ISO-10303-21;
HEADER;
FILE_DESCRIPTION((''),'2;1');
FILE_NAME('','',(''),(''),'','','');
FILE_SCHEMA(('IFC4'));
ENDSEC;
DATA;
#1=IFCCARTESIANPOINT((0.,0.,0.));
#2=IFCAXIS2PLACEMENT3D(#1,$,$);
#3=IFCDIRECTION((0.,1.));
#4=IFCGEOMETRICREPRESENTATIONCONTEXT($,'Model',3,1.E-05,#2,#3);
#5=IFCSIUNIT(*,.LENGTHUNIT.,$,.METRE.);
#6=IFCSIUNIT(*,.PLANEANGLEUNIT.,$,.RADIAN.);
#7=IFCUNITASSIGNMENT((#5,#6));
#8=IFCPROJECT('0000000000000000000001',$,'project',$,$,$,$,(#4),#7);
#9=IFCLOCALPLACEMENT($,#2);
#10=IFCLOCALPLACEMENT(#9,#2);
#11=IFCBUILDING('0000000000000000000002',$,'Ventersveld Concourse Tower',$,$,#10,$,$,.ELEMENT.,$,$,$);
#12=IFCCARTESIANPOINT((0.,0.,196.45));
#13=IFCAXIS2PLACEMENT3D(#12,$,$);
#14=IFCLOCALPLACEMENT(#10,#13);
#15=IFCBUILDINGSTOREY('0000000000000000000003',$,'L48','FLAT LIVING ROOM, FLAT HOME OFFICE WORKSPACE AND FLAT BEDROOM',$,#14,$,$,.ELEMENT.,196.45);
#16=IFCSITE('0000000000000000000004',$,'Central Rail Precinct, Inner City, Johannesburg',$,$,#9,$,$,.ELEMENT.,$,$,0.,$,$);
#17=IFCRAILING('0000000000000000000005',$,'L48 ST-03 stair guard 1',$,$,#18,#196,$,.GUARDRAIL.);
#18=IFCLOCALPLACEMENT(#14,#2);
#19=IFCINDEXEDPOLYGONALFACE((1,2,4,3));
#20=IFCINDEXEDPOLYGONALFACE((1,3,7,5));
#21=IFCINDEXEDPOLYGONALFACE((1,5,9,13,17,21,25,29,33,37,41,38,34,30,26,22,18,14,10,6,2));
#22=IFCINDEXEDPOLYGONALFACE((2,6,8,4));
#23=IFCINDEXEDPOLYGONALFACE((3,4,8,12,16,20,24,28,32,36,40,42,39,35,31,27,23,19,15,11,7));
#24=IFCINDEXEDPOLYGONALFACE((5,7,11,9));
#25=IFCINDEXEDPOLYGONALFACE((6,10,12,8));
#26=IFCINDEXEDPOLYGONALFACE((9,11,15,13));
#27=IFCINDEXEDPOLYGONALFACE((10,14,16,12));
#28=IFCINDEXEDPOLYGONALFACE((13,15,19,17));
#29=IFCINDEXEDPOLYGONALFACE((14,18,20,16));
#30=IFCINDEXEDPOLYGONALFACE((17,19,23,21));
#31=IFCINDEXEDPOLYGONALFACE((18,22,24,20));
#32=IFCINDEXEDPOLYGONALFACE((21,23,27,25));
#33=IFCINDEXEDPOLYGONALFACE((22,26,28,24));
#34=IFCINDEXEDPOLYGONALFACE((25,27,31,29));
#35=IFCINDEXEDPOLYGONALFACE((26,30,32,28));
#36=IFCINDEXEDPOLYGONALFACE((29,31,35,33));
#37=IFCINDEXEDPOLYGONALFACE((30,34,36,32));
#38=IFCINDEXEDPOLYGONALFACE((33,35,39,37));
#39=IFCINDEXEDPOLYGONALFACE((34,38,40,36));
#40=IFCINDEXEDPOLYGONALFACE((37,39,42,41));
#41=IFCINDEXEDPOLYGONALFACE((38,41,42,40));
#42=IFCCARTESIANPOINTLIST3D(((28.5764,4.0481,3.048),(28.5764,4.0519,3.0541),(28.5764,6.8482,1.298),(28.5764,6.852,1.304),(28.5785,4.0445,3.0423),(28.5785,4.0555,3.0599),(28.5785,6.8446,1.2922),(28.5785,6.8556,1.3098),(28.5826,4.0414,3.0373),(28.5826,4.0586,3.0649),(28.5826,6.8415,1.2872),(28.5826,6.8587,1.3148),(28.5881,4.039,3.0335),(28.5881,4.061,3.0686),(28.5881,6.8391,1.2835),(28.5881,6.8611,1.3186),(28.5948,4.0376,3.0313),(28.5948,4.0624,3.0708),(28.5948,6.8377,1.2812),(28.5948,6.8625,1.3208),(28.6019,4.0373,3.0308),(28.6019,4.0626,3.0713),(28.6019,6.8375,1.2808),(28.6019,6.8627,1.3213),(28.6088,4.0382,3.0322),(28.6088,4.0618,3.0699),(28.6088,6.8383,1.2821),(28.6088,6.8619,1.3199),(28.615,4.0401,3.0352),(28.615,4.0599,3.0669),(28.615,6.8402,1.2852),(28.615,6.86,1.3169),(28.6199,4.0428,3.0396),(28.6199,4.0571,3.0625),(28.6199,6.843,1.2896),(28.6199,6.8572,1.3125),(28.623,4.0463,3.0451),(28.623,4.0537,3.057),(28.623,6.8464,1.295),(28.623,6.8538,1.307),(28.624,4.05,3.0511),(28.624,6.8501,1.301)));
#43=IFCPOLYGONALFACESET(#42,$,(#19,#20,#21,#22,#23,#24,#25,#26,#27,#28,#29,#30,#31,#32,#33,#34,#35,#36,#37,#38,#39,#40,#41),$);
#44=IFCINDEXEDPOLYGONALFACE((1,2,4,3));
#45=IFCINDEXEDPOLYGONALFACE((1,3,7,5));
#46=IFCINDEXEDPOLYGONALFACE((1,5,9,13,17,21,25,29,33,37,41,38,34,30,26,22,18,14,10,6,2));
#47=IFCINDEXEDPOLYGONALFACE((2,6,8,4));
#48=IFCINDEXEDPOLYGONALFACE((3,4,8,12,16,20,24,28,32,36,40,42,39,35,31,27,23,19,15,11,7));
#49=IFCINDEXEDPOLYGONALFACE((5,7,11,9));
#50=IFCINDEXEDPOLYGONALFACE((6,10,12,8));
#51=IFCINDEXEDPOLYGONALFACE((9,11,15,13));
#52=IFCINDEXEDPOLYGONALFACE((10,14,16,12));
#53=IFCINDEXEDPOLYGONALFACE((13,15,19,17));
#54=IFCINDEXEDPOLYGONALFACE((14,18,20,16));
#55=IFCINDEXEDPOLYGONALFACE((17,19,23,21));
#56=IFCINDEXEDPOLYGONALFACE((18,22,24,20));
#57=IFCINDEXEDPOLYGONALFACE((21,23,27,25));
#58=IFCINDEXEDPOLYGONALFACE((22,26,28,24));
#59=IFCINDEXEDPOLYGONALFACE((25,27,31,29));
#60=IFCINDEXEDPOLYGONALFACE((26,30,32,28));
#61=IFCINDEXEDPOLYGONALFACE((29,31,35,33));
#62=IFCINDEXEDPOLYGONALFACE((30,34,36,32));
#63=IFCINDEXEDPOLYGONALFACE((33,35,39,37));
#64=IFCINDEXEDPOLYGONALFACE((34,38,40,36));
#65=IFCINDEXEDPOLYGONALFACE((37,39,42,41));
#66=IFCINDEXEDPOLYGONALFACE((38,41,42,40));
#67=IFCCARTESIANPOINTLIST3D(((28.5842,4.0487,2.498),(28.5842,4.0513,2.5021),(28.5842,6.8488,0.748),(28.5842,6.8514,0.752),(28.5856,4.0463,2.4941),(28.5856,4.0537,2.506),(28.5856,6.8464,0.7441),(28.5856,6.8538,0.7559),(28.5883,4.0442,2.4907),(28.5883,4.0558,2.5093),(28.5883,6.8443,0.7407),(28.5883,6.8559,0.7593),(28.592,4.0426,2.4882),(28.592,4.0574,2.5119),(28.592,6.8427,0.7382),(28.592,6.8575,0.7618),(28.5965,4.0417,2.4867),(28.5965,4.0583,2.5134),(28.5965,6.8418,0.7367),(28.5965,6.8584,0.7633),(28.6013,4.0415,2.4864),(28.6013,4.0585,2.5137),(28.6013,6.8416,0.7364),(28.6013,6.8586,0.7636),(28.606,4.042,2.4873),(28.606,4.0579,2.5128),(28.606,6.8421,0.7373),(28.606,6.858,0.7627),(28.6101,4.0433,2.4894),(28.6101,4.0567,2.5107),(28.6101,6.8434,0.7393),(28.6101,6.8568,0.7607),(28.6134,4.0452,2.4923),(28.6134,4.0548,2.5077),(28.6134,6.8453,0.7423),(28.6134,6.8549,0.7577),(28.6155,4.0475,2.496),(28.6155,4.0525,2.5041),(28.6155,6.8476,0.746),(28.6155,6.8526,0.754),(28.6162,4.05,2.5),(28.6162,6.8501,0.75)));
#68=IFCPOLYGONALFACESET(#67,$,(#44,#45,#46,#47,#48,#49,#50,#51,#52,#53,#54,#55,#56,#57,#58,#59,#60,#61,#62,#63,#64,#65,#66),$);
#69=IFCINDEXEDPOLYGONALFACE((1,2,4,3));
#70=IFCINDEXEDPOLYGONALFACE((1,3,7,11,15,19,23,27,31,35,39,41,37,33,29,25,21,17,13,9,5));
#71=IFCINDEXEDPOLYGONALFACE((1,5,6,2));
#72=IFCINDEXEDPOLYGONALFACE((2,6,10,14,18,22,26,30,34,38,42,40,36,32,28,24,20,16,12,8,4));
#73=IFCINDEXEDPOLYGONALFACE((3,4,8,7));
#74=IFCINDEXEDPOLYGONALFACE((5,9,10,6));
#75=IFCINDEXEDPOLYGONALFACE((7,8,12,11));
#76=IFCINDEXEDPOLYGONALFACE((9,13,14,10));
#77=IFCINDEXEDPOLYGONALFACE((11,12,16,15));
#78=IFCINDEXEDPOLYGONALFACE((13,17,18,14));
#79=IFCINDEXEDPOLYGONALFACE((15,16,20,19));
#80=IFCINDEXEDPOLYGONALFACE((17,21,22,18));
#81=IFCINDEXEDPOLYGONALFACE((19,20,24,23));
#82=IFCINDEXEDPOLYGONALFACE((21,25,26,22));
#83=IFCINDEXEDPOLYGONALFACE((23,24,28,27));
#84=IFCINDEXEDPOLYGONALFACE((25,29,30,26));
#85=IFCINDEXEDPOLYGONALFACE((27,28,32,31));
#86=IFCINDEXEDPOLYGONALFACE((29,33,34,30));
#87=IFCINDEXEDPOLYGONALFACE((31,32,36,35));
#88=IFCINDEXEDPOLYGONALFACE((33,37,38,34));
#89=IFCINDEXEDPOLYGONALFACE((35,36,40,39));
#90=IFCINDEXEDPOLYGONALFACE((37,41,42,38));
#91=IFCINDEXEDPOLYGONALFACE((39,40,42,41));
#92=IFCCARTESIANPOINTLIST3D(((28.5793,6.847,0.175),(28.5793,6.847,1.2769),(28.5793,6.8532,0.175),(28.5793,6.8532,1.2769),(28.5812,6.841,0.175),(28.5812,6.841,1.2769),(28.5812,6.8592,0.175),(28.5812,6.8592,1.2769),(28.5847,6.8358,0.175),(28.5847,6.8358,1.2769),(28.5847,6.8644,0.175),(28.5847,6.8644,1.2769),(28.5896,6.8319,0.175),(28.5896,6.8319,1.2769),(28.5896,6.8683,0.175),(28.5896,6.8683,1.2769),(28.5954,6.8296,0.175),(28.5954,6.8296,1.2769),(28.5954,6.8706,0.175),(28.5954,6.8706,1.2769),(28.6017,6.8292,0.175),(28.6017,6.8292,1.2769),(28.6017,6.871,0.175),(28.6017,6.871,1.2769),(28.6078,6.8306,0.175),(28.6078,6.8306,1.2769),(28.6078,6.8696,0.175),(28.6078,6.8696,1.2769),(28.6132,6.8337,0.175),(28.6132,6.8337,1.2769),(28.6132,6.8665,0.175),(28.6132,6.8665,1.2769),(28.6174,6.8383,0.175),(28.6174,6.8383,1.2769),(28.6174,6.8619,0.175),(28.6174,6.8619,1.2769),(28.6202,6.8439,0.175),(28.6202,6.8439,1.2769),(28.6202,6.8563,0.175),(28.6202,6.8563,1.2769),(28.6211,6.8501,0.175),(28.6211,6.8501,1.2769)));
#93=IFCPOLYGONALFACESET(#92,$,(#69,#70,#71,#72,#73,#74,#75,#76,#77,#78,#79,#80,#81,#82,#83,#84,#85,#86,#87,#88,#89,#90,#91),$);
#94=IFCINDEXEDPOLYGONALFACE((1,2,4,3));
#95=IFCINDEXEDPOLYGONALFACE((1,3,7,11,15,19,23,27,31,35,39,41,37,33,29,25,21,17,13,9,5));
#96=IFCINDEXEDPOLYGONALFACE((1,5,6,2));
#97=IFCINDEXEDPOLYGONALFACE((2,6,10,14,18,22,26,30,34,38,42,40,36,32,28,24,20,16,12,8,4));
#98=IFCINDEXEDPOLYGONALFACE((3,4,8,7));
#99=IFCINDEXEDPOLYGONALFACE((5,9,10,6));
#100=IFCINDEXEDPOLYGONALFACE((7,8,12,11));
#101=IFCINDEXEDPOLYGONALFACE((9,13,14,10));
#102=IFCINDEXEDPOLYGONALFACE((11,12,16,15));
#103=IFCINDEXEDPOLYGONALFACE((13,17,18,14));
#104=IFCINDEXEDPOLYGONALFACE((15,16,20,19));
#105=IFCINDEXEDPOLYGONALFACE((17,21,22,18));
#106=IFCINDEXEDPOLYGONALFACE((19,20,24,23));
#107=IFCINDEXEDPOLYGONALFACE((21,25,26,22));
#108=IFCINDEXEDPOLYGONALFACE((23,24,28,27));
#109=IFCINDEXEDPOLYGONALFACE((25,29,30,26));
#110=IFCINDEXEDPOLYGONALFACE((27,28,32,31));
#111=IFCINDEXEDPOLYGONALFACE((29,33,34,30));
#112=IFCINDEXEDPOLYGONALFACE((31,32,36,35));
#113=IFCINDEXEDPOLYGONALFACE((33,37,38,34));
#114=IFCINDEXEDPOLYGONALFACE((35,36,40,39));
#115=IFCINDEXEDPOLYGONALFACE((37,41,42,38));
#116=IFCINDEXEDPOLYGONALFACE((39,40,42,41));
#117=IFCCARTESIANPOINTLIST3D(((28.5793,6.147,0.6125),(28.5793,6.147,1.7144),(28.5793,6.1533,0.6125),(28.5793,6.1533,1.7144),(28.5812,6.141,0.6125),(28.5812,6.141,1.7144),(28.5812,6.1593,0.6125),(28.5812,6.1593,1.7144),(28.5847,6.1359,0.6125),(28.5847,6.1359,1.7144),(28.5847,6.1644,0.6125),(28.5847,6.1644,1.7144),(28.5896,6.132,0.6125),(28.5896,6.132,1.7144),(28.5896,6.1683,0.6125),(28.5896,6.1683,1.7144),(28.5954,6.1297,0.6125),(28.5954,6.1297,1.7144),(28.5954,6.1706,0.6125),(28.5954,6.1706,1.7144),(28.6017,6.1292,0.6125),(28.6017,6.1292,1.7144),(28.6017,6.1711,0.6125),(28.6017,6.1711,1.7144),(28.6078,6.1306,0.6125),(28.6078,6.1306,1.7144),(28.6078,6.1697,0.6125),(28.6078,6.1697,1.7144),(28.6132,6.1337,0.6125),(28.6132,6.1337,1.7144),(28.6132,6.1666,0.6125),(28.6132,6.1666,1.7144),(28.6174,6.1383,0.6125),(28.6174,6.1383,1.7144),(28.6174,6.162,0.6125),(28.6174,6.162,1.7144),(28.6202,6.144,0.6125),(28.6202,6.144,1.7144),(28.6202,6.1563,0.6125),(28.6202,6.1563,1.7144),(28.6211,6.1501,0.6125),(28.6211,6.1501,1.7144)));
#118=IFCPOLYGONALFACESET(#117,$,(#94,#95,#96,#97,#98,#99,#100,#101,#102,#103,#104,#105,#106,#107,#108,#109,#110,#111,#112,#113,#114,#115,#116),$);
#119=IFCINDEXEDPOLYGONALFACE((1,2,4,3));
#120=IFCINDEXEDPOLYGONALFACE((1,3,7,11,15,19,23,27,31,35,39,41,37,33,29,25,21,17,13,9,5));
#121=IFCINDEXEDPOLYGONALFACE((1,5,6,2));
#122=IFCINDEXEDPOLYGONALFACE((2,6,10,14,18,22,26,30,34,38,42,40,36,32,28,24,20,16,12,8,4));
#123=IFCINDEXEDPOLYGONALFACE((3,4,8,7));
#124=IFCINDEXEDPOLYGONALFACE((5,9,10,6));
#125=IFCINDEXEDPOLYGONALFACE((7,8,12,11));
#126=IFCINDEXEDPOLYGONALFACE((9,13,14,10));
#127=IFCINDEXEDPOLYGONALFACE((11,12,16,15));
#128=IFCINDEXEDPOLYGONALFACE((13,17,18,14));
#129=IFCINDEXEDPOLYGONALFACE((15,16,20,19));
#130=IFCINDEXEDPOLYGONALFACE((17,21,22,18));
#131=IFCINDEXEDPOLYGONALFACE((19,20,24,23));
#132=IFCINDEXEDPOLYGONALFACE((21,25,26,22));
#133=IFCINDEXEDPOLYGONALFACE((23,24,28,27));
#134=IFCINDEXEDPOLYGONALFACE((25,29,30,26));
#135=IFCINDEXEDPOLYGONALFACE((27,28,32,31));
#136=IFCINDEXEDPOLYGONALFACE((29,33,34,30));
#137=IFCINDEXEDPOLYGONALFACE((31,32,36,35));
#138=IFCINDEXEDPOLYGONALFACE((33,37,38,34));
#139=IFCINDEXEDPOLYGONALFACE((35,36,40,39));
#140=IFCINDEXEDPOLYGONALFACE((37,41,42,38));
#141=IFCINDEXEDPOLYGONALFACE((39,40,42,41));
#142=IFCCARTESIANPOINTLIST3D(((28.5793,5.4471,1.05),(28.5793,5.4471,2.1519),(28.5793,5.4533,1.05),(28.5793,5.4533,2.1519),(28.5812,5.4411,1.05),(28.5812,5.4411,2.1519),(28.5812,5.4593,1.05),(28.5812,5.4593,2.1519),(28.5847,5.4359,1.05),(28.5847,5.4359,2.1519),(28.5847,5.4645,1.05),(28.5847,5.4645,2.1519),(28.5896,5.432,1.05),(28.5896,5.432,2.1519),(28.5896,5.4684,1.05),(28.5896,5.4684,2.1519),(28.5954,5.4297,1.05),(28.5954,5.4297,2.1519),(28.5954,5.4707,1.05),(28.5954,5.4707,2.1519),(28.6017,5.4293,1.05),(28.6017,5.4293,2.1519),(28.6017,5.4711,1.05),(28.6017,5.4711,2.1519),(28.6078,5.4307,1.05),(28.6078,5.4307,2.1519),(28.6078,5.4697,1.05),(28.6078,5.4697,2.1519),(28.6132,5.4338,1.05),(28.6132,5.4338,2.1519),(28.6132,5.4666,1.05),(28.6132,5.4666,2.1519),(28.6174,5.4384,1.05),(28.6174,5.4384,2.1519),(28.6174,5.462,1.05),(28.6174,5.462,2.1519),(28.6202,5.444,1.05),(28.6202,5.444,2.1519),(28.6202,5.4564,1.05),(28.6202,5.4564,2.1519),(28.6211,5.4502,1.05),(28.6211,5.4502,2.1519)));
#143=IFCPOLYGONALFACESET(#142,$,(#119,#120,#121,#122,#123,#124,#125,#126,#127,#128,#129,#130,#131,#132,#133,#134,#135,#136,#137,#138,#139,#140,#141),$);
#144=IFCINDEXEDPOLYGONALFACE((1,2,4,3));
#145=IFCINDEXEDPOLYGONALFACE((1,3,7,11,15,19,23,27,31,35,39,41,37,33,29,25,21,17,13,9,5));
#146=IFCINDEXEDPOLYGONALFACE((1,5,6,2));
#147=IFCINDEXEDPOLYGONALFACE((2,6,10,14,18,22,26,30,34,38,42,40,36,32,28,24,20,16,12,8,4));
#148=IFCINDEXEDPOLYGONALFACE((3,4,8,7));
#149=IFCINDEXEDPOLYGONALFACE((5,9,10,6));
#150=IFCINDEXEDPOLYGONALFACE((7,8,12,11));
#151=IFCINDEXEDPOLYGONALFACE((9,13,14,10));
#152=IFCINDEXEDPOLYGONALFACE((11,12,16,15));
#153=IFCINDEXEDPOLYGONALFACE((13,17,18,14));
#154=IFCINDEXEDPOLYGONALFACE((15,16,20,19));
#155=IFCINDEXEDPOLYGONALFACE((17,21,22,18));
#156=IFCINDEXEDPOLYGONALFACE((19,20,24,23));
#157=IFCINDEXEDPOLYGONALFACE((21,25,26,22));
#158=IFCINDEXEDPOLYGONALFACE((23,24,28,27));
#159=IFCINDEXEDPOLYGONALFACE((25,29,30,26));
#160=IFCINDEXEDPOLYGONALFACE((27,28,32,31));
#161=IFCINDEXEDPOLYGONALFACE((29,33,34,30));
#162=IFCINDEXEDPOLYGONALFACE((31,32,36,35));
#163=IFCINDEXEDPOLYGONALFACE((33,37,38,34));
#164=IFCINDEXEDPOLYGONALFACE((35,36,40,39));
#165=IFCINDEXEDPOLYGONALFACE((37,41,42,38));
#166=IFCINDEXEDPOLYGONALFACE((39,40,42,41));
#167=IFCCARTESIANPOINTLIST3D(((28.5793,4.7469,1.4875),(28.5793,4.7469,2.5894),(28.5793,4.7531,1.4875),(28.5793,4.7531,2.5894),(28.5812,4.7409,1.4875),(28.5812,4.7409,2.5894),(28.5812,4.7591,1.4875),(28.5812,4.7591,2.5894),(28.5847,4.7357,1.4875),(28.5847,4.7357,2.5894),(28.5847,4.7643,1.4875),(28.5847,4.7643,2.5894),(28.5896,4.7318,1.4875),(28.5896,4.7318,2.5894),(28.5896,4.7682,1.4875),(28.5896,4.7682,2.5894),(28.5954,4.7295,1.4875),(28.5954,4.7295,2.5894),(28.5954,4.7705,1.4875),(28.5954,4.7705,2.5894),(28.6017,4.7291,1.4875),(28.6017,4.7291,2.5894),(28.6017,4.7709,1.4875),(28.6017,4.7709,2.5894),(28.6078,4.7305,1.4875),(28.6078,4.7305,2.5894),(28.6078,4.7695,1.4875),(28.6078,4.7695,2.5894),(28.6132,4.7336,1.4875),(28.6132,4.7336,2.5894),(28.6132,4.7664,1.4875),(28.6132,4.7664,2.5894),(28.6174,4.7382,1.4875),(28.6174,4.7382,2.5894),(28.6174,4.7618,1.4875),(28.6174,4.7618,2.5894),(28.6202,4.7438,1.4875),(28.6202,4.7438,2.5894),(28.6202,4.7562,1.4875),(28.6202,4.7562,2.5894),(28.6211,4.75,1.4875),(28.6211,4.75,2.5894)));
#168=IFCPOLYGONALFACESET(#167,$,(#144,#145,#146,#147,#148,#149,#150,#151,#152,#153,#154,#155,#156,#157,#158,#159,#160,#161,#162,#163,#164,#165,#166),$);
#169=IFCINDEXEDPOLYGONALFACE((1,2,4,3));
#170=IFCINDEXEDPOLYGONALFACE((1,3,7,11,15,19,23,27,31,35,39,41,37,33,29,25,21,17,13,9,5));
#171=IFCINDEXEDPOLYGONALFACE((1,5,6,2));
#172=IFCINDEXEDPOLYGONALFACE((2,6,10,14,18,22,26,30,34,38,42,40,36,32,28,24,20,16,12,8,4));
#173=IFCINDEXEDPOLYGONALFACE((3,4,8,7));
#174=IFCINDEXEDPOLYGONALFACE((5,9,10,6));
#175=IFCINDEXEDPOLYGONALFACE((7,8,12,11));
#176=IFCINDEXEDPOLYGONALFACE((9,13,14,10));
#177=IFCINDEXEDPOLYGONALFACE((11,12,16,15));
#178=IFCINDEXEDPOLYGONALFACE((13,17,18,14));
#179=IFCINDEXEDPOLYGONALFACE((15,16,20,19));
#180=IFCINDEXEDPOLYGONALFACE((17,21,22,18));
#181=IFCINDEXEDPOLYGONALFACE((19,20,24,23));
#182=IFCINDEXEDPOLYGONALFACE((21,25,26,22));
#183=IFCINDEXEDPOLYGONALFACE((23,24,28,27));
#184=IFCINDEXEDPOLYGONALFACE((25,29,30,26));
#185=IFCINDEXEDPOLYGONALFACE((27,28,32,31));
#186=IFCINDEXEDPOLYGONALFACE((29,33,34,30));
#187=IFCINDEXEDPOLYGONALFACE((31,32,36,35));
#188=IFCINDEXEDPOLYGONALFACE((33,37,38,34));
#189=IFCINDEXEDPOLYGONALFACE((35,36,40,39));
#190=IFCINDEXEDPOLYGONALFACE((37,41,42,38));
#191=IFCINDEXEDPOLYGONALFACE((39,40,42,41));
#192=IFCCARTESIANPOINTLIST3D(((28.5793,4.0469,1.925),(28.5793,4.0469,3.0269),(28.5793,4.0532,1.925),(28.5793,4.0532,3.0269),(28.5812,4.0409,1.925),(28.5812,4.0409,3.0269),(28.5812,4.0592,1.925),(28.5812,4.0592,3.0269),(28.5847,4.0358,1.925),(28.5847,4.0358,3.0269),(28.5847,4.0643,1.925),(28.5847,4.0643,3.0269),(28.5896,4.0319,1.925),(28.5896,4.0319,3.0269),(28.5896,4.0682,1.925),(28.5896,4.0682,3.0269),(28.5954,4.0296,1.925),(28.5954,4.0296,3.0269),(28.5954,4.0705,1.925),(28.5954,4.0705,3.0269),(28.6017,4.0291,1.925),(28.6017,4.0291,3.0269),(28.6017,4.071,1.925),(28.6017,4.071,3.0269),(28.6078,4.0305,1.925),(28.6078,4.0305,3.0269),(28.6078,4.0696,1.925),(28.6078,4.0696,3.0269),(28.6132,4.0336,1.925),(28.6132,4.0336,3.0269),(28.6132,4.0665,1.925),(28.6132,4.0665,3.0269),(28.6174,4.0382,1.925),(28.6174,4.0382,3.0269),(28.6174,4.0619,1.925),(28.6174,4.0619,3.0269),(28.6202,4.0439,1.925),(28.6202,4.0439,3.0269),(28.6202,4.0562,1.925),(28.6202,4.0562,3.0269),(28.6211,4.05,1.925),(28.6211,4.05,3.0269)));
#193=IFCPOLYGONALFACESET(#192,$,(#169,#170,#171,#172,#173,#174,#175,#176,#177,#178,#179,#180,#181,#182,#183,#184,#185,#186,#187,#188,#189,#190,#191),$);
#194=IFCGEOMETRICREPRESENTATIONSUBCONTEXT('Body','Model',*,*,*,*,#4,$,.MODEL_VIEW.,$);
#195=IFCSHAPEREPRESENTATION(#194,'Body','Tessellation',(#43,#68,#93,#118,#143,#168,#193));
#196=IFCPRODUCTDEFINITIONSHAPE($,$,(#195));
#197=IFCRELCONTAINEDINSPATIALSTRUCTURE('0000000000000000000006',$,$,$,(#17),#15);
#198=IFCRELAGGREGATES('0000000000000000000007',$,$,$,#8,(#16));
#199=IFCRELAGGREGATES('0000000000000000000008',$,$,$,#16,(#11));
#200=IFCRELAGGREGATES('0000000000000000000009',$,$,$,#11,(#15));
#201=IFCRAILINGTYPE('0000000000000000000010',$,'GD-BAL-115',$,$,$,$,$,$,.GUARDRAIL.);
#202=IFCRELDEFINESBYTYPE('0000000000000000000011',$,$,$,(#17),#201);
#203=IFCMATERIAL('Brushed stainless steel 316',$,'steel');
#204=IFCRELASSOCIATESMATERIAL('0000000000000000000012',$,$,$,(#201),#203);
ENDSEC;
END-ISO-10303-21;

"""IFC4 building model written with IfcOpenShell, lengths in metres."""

from ifc_helpers import new_model, si_unit, direction, frame, origin, origin_2d, place, context, subcontext, project, spatial, circle, extrude, material, type_object, element, save


model = new_model("IFC4")

# Units and contexts
model_context = context("Model", 3, precision=1e-05, world=origin(), true_north=direction((0.0, 1.0)))
body_context = subcontext(model_context, "Body", "Model", "MODEL_VIEW")
ifc_project = project(units=[si_unit("LENGTHUNIT", "METRE"), si_unit("PLANEANGLEUNIT", "RADIAN")], contexts=[model_context])

# Site, building, storey
site_placement = place(None, origin())
site = spatial("IfcSite", under=ifc_project, at=site_placement, Name="Central Rail Precinct, Inner City, Johannesburg", CompositionType="ELEMENT", RefElevation=0.0)
building_placement = place(site_placement, origin())
building = spatial("IfcBuilding", under=site, at=building_placement, Name="Ventersveld Concourse Tower", CompositionType="ELEMENT")
storey_placement = place(building_placement, frame((0.0, 0.0, 196.45)))
storey = spatial("IfcBuildingStorey", under=building, at=storey_placement, Name="L48", Description="FLAT LIVING ROOM, FLAT HOME OFFICE WORKSPACE AND FLAT BEDROOM", CompositionType="ELEMENT", Elevation=196.45)

# Shared definitions
ifc_material_1 = material(Name="Brushed stainless steel 316", Category="steel")

# Railing
railing_type_1 = type_object("IfcRailingType", Name="GD-BAL-115", PredefinedType="GUARDRAIL", material=ifc_material_1)
railing_1_placement = place(storey_placement, frame((28.6001, 6.8501, 0.175)))
element("IfcRailing", 1, at=railing_1_placement, inside=storey, type_object=railing_type_1, Name="L48 ST-03 stair guard 1", PredefinedType="GUARDRAIL", context=body_context, shape_type="SweptSolid", body=[
    extrude(circle(Radius=0.0239, at=origin_2d()), frame((0.0, 0.0, 1.126), z_axis=(0.0, -0.848002, 0.529992), x_axis=(1.0, 0.0, 0.0)), (0.0, 0.0, 1.0), 3.302),
    extrude(circle(Radius=0.0161, at=origin_2d()), frame((0.0, 0.0, 0.575), z_axis=(0.0, -0.848002, 0.529992), x_axis=(1.0, 0.0, 0.0)), (0.0, 0.0, 1.0), 3.302),
    extrude(circle(Radius=0.021, at=origin_2d()), origin(), (0.0, 0.0, 1.0), 1.1018),
    extrude(circle(Radius=0.021, at=origin_2d()), frame((0.0, -0.7, 0.4375)), (0.0, 0.0, 1.0), 1.1018),
    extrude(circle(Radius=0.021, at=origin_2d()), frame((0.0, -1.3999, 0.875)), (0.0, 0.0, 1.0), 1.1018),
    extrude(circle(Radius=0.021, at=origin_2d()), frame((0.0, -2.1001, 1.3125)), (0.0, 0.0, 1.0), 1.1018),
    extrude(circle(Radius=0.021, at=origin_2d()), frame((0.0, -2.8, 1.75)), (0.0, 0.0, 1.0), 1.1018),
])

save(model, "model.ifc")
